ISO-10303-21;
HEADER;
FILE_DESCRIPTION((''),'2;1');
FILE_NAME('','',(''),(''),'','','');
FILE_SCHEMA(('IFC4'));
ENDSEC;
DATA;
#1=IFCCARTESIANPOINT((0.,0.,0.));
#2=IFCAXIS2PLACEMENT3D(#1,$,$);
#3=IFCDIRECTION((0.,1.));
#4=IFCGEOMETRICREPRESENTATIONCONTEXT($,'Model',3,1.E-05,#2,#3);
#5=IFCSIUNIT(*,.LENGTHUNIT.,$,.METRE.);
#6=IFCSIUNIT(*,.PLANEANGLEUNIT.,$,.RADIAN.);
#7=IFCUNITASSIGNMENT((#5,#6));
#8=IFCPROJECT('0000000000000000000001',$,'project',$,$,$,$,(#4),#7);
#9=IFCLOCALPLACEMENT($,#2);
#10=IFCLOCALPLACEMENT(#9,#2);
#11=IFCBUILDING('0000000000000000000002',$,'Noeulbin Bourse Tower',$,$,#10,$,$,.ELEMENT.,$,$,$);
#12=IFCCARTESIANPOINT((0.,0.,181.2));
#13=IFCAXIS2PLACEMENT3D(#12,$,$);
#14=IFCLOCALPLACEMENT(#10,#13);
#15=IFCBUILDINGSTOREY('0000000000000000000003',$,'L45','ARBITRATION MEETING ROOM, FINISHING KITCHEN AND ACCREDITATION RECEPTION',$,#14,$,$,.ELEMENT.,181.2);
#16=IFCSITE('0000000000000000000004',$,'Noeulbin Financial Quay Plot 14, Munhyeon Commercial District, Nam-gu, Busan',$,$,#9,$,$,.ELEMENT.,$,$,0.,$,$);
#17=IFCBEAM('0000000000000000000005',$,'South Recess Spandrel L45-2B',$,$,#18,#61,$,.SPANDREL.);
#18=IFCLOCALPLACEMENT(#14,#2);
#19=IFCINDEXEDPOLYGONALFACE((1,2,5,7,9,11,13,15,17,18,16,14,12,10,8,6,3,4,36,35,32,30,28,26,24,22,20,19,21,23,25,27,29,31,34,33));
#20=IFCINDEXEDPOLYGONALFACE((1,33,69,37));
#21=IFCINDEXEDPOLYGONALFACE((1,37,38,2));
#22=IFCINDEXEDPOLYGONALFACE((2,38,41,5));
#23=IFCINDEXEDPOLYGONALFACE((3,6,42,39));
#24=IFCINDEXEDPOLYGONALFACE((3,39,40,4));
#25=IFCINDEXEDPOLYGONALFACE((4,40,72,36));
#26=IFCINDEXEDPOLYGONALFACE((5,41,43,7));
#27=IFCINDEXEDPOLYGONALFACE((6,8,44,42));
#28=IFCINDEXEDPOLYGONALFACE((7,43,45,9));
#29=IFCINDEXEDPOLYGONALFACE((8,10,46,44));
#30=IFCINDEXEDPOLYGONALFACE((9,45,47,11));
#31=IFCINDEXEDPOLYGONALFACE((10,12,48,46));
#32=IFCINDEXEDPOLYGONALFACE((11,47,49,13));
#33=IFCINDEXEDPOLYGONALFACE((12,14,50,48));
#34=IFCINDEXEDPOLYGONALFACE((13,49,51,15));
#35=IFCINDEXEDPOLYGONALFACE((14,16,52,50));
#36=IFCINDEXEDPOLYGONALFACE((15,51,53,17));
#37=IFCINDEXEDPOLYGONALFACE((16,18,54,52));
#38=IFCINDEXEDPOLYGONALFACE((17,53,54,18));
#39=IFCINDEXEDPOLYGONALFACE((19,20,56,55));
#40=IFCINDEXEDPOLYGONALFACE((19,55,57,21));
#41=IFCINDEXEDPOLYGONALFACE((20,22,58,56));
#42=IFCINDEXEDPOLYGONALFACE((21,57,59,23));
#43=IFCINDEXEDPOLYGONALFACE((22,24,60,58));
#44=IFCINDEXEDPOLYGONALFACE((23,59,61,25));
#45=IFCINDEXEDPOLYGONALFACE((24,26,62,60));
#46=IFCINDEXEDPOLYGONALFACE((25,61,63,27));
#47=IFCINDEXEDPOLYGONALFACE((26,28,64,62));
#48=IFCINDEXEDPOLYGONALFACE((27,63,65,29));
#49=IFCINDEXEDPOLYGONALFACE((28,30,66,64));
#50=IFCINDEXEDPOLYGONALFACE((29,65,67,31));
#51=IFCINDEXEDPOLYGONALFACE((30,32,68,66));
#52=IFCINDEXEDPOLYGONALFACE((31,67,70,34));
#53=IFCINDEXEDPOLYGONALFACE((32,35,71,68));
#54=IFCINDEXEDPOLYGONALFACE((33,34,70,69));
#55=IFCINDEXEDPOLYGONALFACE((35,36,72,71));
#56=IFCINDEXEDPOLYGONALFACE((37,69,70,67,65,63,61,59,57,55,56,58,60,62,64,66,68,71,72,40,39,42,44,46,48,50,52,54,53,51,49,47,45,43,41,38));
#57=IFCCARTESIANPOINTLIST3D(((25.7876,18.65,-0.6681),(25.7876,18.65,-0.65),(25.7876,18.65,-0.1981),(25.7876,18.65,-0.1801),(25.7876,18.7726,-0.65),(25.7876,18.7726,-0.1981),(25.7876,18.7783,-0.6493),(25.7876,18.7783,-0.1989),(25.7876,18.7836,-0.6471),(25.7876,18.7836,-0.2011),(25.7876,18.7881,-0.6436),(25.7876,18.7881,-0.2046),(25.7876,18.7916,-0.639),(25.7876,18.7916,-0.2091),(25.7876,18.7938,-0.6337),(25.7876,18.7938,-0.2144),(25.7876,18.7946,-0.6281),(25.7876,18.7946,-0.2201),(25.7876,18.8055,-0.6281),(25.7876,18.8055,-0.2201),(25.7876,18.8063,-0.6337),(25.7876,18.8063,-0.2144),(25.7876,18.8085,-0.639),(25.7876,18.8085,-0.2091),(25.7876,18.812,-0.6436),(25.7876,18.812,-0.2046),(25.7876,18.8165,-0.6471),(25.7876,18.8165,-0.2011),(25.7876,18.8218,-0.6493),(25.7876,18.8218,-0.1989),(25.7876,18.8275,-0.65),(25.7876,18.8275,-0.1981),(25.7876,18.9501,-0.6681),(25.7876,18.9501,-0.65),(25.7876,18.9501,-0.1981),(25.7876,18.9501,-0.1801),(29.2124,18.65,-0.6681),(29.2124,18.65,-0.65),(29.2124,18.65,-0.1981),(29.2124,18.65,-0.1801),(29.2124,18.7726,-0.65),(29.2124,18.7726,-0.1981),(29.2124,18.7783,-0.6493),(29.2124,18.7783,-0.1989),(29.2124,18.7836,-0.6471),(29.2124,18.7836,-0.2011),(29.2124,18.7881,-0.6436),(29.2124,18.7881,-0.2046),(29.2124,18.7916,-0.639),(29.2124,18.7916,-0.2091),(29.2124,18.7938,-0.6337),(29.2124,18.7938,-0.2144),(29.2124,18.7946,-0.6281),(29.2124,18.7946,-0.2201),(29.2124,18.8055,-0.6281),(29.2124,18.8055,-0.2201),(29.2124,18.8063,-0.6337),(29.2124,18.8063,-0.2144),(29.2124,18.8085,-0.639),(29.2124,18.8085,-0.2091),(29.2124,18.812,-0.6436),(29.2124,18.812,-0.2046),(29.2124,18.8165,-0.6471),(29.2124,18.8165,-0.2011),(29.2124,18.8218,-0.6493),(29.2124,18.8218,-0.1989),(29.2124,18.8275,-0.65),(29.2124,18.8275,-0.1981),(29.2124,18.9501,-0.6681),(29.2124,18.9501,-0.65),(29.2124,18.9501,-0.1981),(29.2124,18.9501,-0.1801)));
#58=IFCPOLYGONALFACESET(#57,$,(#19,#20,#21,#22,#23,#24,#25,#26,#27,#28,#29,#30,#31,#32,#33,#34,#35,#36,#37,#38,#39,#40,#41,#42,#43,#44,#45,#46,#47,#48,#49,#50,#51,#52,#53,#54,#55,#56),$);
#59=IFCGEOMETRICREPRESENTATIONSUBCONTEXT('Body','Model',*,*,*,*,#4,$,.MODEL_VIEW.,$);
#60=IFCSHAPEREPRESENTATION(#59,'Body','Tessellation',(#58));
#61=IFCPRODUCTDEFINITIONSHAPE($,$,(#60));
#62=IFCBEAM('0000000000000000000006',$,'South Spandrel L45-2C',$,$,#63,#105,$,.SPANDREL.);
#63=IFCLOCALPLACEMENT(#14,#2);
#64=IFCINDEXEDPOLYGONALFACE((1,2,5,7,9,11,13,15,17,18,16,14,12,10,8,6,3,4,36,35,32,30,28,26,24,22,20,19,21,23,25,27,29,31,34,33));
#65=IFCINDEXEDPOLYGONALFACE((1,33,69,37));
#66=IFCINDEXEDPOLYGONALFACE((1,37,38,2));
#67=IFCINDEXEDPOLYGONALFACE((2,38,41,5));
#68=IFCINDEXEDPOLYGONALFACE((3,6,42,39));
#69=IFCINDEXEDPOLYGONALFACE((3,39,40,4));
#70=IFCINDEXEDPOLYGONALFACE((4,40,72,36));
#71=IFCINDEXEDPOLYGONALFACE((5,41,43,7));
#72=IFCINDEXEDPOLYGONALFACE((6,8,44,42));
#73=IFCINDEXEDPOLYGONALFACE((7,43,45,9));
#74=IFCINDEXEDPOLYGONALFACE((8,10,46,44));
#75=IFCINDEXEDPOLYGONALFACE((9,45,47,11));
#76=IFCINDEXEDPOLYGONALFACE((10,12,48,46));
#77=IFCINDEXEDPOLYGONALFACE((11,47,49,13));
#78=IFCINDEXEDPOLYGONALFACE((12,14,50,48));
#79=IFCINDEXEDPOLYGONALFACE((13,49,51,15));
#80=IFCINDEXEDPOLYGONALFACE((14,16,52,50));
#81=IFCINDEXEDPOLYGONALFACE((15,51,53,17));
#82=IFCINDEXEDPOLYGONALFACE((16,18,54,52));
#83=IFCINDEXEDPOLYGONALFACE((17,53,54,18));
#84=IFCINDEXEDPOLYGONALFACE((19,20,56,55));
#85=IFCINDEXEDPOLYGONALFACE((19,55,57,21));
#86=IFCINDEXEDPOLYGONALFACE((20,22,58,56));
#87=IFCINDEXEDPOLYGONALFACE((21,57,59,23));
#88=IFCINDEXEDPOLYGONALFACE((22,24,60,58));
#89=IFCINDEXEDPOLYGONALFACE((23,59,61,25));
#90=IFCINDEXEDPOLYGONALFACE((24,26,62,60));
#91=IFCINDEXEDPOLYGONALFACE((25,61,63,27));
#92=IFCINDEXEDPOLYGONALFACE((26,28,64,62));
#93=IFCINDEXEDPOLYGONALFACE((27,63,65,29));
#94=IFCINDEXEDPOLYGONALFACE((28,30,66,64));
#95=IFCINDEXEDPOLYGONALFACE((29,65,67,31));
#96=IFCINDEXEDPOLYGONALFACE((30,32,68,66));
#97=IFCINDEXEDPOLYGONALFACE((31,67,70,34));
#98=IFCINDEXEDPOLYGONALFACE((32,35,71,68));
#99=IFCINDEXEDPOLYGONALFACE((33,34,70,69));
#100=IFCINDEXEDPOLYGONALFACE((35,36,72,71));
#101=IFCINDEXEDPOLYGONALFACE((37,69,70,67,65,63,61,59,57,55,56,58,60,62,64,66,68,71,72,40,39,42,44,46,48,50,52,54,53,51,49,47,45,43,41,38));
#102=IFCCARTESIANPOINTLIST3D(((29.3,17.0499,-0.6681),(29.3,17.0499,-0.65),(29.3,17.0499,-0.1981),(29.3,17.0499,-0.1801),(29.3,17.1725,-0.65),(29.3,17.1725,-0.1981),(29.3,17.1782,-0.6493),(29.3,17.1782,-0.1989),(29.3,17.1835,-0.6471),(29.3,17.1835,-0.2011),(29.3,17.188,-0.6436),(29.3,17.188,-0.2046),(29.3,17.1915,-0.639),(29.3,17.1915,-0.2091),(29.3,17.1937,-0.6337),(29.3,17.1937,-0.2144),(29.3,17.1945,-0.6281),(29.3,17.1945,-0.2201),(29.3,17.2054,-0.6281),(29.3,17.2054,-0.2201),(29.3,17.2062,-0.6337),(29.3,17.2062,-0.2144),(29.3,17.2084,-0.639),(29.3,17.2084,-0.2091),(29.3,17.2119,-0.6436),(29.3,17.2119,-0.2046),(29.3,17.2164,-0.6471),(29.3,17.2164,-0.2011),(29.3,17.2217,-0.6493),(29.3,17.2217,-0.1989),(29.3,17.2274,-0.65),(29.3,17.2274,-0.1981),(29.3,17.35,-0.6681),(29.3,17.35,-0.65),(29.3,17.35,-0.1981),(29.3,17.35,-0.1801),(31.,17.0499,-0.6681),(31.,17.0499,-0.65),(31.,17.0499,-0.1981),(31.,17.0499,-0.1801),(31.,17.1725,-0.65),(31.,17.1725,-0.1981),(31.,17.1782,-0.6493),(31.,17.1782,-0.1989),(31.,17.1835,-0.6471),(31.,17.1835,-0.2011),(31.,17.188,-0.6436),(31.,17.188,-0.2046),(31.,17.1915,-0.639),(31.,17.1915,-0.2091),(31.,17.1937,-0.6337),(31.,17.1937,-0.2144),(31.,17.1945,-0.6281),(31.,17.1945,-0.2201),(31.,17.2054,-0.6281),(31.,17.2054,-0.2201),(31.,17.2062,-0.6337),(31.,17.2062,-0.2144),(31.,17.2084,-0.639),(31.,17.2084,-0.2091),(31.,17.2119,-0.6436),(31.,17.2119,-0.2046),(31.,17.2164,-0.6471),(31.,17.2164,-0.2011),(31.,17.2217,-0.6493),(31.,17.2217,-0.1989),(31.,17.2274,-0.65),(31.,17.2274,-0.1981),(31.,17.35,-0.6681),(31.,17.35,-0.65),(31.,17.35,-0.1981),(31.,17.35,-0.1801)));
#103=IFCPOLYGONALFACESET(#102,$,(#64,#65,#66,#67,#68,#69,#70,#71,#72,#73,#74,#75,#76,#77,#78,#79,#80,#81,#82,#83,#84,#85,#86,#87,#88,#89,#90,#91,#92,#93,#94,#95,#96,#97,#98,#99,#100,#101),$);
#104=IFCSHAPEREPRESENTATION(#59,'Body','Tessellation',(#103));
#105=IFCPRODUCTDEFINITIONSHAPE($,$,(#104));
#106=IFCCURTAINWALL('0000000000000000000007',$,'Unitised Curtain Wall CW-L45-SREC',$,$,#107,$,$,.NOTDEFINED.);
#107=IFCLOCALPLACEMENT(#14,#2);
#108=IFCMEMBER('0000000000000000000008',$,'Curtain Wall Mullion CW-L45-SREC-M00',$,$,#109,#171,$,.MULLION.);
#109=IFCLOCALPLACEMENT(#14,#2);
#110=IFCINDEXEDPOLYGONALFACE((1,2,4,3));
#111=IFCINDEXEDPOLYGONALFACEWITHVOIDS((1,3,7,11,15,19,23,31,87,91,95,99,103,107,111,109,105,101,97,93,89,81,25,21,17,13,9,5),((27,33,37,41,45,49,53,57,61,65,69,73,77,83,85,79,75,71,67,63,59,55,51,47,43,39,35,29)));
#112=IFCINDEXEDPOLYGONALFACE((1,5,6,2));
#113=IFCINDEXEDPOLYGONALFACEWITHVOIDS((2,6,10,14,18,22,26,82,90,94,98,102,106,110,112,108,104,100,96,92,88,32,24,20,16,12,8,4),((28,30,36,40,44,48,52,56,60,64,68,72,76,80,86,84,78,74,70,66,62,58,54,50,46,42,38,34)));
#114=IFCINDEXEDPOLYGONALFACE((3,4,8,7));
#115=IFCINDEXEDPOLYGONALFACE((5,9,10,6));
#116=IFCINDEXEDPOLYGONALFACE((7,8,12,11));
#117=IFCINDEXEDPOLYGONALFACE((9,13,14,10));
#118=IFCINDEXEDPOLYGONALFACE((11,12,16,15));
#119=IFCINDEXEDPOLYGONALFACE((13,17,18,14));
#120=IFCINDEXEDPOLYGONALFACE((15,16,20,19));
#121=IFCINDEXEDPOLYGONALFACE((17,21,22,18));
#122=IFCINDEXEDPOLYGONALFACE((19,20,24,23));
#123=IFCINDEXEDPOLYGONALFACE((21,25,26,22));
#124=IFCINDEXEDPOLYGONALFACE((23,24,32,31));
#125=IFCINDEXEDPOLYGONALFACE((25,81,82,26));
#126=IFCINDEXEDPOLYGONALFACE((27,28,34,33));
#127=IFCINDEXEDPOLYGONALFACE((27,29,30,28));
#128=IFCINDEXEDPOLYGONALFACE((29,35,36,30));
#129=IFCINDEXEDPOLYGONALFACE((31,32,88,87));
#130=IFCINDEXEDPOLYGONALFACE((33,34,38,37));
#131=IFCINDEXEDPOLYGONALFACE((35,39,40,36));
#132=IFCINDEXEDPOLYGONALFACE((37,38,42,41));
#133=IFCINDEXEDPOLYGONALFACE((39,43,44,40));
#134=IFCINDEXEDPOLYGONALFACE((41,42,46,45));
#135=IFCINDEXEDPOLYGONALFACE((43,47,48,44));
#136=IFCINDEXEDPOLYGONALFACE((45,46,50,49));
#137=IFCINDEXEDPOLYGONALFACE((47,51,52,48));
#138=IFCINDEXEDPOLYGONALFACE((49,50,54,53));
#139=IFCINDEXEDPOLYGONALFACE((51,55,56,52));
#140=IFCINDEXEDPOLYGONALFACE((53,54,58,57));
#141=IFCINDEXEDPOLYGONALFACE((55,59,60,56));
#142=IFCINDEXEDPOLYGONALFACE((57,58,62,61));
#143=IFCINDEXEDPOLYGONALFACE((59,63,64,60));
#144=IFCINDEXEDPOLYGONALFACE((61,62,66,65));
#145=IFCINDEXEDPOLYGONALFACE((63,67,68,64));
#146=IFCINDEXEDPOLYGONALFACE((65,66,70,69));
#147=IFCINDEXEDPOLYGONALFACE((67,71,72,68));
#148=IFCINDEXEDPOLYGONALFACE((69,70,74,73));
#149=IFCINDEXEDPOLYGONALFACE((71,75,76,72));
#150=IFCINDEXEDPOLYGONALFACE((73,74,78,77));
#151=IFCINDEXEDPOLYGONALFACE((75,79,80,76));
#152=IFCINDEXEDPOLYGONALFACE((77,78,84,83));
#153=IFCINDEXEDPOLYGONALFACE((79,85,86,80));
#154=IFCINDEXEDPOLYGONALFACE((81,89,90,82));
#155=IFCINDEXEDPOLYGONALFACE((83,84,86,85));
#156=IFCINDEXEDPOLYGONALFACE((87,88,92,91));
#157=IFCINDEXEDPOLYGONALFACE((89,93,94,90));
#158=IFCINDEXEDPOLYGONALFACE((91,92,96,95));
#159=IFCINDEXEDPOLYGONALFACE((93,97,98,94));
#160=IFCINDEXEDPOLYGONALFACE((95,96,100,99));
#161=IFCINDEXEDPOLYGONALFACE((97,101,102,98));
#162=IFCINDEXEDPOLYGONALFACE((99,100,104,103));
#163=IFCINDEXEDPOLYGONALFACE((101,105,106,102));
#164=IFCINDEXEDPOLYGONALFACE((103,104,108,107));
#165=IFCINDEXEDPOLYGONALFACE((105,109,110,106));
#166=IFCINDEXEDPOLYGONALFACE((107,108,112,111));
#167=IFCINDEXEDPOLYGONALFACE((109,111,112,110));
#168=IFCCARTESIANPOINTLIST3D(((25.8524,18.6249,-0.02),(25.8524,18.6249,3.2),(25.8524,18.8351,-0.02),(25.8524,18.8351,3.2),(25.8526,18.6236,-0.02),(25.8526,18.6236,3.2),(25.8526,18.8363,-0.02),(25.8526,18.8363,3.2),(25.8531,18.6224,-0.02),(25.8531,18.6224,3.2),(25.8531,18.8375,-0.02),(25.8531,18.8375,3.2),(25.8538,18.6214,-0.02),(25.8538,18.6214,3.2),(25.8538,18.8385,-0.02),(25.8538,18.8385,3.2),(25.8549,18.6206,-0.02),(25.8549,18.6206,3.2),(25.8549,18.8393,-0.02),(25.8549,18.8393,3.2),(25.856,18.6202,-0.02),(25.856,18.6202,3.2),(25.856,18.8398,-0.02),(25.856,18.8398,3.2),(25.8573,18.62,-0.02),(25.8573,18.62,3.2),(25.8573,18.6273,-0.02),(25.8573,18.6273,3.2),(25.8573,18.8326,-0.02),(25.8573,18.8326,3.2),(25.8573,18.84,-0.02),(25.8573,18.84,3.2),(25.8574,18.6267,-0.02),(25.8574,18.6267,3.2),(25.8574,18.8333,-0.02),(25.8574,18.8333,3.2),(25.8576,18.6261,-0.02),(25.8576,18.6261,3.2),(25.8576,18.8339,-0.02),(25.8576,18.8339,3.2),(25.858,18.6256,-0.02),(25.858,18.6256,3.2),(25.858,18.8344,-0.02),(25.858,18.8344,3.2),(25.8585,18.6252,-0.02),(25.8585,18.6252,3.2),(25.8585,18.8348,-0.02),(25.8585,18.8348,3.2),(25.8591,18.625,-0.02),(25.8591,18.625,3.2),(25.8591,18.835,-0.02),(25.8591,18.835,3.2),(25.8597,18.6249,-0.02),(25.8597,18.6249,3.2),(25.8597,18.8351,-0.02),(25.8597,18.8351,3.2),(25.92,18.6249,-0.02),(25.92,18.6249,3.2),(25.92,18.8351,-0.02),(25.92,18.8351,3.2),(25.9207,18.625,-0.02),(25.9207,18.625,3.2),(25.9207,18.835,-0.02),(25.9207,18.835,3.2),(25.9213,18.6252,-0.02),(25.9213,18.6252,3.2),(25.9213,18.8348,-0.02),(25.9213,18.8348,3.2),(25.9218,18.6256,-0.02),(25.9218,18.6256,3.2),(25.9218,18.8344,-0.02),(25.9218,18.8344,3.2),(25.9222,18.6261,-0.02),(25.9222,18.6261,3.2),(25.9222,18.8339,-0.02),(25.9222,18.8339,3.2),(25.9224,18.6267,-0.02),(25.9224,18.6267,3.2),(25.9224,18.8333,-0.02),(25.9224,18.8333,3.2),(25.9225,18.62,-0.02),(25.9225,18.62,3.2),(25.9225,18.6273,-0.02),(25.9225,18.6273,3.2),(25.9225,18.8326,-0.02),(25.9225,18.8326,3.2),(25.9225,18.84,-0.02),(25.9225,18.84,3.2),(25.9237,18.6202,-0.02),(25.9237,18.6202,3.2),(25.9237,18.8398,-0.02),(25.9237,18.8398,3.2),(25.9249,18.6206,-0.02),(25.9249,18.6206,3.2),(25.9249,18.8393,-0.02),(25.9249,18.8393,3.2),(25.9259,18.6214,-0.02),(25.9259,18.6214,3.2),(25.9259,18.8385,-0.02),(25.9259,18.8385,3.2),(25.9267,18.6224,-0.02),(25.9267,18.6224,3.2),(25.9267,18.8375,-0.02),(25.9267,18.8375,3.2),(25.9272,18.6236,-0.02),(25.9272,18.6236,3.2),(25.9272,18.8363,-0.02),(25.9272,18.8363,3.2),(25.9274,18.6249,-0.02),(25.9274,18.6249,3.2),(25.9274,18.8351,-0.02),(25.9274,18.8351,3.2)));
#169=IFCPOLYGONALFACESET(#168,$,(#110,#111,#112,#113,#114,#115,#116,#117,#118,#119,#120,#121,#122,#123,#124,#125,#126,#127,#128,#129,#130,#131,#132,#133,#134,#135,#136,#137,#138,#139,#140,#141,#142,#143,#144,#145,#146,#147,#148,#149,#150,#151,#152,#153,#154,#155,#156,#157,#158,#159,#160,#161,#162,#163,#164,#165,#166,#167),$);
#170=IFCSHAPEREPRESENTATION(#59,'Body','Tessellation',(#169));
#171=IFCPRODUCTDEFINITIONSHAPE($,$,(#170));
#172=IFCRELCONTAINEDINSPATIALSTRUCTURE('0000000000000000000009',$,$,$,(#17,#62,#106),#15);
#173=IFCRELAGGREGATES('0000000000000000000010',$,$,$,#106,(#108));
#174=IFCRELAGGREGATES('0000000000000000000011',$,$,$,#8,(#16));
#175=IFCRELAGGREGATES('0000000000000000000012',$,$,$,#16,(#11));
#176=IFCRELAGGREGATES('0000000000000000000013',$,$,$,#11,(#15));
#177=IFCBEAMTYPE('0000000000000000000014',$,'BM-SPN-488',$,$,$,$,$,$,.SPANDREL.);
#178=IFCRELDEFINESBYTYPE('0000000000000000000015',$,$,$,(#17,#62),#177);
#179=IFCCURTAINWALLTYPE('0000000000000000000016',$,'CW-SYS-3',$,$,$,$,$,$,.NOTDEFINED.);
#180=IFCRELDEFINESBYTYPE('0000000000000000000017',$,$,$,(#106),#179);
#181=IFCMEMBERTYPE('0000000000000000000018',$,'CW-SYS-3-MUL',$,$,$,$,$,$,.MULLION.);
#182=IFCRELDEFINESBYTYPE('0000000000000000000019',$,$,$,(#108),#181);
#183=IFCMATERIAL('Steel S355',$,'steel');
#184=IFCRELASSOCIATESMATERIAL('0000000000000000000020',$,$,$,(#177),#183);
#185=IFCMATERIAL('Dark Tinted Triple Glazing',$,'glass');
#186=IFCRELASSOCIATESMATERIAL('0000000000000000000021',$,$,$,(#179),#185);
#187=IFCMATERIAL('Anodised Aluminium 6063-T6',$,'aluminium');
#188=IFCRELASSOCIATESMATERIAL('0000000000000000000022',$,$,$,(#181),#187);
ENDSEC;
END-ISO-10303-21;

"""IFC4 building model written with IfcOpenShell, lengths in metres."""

from ifc_helpers import new_model, si_unit, direction, frame, origin, origin_2d, place, context, subcontext, project, spatial, hollow_rectangle, i_section, extrude, material, material_profile, profile_set, type_object, element, aggregate, save


model = new_model("IFC4")

# Units and contexts
model_context = context("Model", 3, precision=1e-05, world=origin(), true_north=direction((0.0, 1.0)))
body_context = subcontext(model_context, "Body", "Model", "MODEL_VIEW")
ifc_project = project(units=[si_unit("LENGTHUNIT", "METRE"), si_unit("PLANEANGLEUNIT", "RADIAN")], contexts=[model_context])

# Site, building, storey
site_placement = place(None, origin())
site = spatial("IfcSite", under=ifc_project, at=site_placement, Name="Noeulbin Financial Quay Plot 14, Munhyeon Commercial District, Nam-gu, Busan", CompositionType="ELEMENT", RefElevation=0.0)
building_placement = place(site_placement, origin())
building = spatial("IfcBuilding", under=site, at=building_placement, Name="Noeulbin Bourse Tower", CompositionType="ELEMENT")
storey_placement = place(building_placement, frame((0.0, 0.0, 181.2)))
storey = spatial("IfcBuildingStorey", under=building, at=storey_placement, Name="L45", Description="ARBITRATION MEETING ROOM, FINISHING KITCHEN AND ACCREDITATION RECEPTION", CompositionType="ELEMENT", Elevation=181.2)

# Beams
ifc_material_1 = material(Name="Steel S355", Category="steel")
ifc_material_profile_1 = material_profile(ifc_material_1, i_section(OverallWidth=0.3, OverallDepth=0.488, WebThickness=0.011, FlangeThickness=0.0181, FilletRadius=0.022, at=origin_2d()), Name="H-488x300x11x18", Category="LoadBearing")
ifc_profile_set_1 = profile_set([ifc_material_profile_1], Name="Steel S355")
beam_type_1 = type_object("IfcBeamType", Name="BM-SPN-488", PredefinedType="SPANDREL", material=ifc_profile_set_1)
beam_1_placement = place(storey_placement, frame((25.7876, 18.8, -0.4241), z_axis=(1.0, 0.0, 0.0), x_axis=(0.0, 1.0, 0.0)))
element("IfcBeam", 1, at=beam_1_placement, inside=storey, type_object=beam_type_1, Name="South Recess Spandrel L45-2B", PredefinedType="SPANDREL", context=body_context, shape_type="SweptSolid", body=[
    extrude(i_section(OverallWidth=0.3, OverallDepth=0.488, WebThickness=0.011, FlangeThickness=0.0181, FilletRadius=0.022, at=origin_2d()), origin(), (0.0, 0.0, 1.0), 3.4248),
])
beam_2_placement = place(storey_placement, frame((29.3, 17.2, -0.4241), z_axis=(1.0, 0.0, 0.0), x_axis=(0.0, 1.0, 0.0)))
element("IfcBeam", 2, at=beam_2_placement, inside=storey, type_object=beam_type_1, Name="South Spandrel L45-2C", PredefinedType="SPANDREL", context=body_context, shape_type="SweptSolid", body=[
    extrude(i_section(OverallWidth=0.3, OverallDepth=0.488, WebThickness=0.011, FlangeThickness=0.0181, FilletRadius=0.022, at=origin_2d()), origin(), (0.0, 0.0, 1.0), 1.7),
])

# Curtain wall, member
ifc_material_2 = material(Name="Dark Tinted Triple Glazing", Category="glass")
curtain_wall_type = type_object("IfcCurtainWallType", Name="CW-SYS-3", PredefinedType="NOTDEFINED", material=ifc_material_2)
curtain_wall_1_placement = place(storey_placement, origin())
curtain_wall_1 = element("IfcCurtainWall", 3, at=curtain_wall_1_placement, inside=storey, type_object=curtain_wall_type, Name="Unitised Curtain Wall CW-L45-SREC", PredefinedType="NOTDEFINED")
ifc_material_3 = material(Name="Anodised Aluminium 6063-T6", Category="aluminium")
ifc_material_profile_2 = material_profile(ifc_material_3, hollow_rectangle(XDim=0.075, YDim=0.22, WallThickness=0.0049, InnerFilletRadius=0.0024, OuterFilletRadius=0.0049, at=origin_2d()), Name="ALU-MULL-75x220x5", Category="LoadBearing")
ifc_profile_set_2 = profile_set([ifc_material_profile_2], Name="Anodised Aluminium 6063-T6")
member_type_1 = type_object("IfcMemberType", Name="CW-SYS-3-MUL", PredefinedType="MULLION", material=ifc_profile_set_2)
member_1_placement = place(storey_placement, frame((25.8899, 18.73, -0.02), z_axis=(0.0, 0.0, 1.0), x_axis=(1.0, 0.0, 0.0)))
member_1 = element("IfcMember", 4, at=member_1_placement, type_object=member_type_1, Name="Curtain Wall Mullion CW-L45-SREC-M00", PredefinedType="MULLION", context=body_context, shape_type="SweptSolid", body=[
    extrude(hollow_rectangle(XDim=0.075, YDim=0.22, WallThickness=0.0049, InnerFilletRadius=0.0024, OuterFilletRadius=0.0049, at=origin_2d()), origin(), (0.0, 0.0, 1.0), 3.22),
])

aggregate(curtain_wall_1, [member_1])

save(model, "model.ifc")
